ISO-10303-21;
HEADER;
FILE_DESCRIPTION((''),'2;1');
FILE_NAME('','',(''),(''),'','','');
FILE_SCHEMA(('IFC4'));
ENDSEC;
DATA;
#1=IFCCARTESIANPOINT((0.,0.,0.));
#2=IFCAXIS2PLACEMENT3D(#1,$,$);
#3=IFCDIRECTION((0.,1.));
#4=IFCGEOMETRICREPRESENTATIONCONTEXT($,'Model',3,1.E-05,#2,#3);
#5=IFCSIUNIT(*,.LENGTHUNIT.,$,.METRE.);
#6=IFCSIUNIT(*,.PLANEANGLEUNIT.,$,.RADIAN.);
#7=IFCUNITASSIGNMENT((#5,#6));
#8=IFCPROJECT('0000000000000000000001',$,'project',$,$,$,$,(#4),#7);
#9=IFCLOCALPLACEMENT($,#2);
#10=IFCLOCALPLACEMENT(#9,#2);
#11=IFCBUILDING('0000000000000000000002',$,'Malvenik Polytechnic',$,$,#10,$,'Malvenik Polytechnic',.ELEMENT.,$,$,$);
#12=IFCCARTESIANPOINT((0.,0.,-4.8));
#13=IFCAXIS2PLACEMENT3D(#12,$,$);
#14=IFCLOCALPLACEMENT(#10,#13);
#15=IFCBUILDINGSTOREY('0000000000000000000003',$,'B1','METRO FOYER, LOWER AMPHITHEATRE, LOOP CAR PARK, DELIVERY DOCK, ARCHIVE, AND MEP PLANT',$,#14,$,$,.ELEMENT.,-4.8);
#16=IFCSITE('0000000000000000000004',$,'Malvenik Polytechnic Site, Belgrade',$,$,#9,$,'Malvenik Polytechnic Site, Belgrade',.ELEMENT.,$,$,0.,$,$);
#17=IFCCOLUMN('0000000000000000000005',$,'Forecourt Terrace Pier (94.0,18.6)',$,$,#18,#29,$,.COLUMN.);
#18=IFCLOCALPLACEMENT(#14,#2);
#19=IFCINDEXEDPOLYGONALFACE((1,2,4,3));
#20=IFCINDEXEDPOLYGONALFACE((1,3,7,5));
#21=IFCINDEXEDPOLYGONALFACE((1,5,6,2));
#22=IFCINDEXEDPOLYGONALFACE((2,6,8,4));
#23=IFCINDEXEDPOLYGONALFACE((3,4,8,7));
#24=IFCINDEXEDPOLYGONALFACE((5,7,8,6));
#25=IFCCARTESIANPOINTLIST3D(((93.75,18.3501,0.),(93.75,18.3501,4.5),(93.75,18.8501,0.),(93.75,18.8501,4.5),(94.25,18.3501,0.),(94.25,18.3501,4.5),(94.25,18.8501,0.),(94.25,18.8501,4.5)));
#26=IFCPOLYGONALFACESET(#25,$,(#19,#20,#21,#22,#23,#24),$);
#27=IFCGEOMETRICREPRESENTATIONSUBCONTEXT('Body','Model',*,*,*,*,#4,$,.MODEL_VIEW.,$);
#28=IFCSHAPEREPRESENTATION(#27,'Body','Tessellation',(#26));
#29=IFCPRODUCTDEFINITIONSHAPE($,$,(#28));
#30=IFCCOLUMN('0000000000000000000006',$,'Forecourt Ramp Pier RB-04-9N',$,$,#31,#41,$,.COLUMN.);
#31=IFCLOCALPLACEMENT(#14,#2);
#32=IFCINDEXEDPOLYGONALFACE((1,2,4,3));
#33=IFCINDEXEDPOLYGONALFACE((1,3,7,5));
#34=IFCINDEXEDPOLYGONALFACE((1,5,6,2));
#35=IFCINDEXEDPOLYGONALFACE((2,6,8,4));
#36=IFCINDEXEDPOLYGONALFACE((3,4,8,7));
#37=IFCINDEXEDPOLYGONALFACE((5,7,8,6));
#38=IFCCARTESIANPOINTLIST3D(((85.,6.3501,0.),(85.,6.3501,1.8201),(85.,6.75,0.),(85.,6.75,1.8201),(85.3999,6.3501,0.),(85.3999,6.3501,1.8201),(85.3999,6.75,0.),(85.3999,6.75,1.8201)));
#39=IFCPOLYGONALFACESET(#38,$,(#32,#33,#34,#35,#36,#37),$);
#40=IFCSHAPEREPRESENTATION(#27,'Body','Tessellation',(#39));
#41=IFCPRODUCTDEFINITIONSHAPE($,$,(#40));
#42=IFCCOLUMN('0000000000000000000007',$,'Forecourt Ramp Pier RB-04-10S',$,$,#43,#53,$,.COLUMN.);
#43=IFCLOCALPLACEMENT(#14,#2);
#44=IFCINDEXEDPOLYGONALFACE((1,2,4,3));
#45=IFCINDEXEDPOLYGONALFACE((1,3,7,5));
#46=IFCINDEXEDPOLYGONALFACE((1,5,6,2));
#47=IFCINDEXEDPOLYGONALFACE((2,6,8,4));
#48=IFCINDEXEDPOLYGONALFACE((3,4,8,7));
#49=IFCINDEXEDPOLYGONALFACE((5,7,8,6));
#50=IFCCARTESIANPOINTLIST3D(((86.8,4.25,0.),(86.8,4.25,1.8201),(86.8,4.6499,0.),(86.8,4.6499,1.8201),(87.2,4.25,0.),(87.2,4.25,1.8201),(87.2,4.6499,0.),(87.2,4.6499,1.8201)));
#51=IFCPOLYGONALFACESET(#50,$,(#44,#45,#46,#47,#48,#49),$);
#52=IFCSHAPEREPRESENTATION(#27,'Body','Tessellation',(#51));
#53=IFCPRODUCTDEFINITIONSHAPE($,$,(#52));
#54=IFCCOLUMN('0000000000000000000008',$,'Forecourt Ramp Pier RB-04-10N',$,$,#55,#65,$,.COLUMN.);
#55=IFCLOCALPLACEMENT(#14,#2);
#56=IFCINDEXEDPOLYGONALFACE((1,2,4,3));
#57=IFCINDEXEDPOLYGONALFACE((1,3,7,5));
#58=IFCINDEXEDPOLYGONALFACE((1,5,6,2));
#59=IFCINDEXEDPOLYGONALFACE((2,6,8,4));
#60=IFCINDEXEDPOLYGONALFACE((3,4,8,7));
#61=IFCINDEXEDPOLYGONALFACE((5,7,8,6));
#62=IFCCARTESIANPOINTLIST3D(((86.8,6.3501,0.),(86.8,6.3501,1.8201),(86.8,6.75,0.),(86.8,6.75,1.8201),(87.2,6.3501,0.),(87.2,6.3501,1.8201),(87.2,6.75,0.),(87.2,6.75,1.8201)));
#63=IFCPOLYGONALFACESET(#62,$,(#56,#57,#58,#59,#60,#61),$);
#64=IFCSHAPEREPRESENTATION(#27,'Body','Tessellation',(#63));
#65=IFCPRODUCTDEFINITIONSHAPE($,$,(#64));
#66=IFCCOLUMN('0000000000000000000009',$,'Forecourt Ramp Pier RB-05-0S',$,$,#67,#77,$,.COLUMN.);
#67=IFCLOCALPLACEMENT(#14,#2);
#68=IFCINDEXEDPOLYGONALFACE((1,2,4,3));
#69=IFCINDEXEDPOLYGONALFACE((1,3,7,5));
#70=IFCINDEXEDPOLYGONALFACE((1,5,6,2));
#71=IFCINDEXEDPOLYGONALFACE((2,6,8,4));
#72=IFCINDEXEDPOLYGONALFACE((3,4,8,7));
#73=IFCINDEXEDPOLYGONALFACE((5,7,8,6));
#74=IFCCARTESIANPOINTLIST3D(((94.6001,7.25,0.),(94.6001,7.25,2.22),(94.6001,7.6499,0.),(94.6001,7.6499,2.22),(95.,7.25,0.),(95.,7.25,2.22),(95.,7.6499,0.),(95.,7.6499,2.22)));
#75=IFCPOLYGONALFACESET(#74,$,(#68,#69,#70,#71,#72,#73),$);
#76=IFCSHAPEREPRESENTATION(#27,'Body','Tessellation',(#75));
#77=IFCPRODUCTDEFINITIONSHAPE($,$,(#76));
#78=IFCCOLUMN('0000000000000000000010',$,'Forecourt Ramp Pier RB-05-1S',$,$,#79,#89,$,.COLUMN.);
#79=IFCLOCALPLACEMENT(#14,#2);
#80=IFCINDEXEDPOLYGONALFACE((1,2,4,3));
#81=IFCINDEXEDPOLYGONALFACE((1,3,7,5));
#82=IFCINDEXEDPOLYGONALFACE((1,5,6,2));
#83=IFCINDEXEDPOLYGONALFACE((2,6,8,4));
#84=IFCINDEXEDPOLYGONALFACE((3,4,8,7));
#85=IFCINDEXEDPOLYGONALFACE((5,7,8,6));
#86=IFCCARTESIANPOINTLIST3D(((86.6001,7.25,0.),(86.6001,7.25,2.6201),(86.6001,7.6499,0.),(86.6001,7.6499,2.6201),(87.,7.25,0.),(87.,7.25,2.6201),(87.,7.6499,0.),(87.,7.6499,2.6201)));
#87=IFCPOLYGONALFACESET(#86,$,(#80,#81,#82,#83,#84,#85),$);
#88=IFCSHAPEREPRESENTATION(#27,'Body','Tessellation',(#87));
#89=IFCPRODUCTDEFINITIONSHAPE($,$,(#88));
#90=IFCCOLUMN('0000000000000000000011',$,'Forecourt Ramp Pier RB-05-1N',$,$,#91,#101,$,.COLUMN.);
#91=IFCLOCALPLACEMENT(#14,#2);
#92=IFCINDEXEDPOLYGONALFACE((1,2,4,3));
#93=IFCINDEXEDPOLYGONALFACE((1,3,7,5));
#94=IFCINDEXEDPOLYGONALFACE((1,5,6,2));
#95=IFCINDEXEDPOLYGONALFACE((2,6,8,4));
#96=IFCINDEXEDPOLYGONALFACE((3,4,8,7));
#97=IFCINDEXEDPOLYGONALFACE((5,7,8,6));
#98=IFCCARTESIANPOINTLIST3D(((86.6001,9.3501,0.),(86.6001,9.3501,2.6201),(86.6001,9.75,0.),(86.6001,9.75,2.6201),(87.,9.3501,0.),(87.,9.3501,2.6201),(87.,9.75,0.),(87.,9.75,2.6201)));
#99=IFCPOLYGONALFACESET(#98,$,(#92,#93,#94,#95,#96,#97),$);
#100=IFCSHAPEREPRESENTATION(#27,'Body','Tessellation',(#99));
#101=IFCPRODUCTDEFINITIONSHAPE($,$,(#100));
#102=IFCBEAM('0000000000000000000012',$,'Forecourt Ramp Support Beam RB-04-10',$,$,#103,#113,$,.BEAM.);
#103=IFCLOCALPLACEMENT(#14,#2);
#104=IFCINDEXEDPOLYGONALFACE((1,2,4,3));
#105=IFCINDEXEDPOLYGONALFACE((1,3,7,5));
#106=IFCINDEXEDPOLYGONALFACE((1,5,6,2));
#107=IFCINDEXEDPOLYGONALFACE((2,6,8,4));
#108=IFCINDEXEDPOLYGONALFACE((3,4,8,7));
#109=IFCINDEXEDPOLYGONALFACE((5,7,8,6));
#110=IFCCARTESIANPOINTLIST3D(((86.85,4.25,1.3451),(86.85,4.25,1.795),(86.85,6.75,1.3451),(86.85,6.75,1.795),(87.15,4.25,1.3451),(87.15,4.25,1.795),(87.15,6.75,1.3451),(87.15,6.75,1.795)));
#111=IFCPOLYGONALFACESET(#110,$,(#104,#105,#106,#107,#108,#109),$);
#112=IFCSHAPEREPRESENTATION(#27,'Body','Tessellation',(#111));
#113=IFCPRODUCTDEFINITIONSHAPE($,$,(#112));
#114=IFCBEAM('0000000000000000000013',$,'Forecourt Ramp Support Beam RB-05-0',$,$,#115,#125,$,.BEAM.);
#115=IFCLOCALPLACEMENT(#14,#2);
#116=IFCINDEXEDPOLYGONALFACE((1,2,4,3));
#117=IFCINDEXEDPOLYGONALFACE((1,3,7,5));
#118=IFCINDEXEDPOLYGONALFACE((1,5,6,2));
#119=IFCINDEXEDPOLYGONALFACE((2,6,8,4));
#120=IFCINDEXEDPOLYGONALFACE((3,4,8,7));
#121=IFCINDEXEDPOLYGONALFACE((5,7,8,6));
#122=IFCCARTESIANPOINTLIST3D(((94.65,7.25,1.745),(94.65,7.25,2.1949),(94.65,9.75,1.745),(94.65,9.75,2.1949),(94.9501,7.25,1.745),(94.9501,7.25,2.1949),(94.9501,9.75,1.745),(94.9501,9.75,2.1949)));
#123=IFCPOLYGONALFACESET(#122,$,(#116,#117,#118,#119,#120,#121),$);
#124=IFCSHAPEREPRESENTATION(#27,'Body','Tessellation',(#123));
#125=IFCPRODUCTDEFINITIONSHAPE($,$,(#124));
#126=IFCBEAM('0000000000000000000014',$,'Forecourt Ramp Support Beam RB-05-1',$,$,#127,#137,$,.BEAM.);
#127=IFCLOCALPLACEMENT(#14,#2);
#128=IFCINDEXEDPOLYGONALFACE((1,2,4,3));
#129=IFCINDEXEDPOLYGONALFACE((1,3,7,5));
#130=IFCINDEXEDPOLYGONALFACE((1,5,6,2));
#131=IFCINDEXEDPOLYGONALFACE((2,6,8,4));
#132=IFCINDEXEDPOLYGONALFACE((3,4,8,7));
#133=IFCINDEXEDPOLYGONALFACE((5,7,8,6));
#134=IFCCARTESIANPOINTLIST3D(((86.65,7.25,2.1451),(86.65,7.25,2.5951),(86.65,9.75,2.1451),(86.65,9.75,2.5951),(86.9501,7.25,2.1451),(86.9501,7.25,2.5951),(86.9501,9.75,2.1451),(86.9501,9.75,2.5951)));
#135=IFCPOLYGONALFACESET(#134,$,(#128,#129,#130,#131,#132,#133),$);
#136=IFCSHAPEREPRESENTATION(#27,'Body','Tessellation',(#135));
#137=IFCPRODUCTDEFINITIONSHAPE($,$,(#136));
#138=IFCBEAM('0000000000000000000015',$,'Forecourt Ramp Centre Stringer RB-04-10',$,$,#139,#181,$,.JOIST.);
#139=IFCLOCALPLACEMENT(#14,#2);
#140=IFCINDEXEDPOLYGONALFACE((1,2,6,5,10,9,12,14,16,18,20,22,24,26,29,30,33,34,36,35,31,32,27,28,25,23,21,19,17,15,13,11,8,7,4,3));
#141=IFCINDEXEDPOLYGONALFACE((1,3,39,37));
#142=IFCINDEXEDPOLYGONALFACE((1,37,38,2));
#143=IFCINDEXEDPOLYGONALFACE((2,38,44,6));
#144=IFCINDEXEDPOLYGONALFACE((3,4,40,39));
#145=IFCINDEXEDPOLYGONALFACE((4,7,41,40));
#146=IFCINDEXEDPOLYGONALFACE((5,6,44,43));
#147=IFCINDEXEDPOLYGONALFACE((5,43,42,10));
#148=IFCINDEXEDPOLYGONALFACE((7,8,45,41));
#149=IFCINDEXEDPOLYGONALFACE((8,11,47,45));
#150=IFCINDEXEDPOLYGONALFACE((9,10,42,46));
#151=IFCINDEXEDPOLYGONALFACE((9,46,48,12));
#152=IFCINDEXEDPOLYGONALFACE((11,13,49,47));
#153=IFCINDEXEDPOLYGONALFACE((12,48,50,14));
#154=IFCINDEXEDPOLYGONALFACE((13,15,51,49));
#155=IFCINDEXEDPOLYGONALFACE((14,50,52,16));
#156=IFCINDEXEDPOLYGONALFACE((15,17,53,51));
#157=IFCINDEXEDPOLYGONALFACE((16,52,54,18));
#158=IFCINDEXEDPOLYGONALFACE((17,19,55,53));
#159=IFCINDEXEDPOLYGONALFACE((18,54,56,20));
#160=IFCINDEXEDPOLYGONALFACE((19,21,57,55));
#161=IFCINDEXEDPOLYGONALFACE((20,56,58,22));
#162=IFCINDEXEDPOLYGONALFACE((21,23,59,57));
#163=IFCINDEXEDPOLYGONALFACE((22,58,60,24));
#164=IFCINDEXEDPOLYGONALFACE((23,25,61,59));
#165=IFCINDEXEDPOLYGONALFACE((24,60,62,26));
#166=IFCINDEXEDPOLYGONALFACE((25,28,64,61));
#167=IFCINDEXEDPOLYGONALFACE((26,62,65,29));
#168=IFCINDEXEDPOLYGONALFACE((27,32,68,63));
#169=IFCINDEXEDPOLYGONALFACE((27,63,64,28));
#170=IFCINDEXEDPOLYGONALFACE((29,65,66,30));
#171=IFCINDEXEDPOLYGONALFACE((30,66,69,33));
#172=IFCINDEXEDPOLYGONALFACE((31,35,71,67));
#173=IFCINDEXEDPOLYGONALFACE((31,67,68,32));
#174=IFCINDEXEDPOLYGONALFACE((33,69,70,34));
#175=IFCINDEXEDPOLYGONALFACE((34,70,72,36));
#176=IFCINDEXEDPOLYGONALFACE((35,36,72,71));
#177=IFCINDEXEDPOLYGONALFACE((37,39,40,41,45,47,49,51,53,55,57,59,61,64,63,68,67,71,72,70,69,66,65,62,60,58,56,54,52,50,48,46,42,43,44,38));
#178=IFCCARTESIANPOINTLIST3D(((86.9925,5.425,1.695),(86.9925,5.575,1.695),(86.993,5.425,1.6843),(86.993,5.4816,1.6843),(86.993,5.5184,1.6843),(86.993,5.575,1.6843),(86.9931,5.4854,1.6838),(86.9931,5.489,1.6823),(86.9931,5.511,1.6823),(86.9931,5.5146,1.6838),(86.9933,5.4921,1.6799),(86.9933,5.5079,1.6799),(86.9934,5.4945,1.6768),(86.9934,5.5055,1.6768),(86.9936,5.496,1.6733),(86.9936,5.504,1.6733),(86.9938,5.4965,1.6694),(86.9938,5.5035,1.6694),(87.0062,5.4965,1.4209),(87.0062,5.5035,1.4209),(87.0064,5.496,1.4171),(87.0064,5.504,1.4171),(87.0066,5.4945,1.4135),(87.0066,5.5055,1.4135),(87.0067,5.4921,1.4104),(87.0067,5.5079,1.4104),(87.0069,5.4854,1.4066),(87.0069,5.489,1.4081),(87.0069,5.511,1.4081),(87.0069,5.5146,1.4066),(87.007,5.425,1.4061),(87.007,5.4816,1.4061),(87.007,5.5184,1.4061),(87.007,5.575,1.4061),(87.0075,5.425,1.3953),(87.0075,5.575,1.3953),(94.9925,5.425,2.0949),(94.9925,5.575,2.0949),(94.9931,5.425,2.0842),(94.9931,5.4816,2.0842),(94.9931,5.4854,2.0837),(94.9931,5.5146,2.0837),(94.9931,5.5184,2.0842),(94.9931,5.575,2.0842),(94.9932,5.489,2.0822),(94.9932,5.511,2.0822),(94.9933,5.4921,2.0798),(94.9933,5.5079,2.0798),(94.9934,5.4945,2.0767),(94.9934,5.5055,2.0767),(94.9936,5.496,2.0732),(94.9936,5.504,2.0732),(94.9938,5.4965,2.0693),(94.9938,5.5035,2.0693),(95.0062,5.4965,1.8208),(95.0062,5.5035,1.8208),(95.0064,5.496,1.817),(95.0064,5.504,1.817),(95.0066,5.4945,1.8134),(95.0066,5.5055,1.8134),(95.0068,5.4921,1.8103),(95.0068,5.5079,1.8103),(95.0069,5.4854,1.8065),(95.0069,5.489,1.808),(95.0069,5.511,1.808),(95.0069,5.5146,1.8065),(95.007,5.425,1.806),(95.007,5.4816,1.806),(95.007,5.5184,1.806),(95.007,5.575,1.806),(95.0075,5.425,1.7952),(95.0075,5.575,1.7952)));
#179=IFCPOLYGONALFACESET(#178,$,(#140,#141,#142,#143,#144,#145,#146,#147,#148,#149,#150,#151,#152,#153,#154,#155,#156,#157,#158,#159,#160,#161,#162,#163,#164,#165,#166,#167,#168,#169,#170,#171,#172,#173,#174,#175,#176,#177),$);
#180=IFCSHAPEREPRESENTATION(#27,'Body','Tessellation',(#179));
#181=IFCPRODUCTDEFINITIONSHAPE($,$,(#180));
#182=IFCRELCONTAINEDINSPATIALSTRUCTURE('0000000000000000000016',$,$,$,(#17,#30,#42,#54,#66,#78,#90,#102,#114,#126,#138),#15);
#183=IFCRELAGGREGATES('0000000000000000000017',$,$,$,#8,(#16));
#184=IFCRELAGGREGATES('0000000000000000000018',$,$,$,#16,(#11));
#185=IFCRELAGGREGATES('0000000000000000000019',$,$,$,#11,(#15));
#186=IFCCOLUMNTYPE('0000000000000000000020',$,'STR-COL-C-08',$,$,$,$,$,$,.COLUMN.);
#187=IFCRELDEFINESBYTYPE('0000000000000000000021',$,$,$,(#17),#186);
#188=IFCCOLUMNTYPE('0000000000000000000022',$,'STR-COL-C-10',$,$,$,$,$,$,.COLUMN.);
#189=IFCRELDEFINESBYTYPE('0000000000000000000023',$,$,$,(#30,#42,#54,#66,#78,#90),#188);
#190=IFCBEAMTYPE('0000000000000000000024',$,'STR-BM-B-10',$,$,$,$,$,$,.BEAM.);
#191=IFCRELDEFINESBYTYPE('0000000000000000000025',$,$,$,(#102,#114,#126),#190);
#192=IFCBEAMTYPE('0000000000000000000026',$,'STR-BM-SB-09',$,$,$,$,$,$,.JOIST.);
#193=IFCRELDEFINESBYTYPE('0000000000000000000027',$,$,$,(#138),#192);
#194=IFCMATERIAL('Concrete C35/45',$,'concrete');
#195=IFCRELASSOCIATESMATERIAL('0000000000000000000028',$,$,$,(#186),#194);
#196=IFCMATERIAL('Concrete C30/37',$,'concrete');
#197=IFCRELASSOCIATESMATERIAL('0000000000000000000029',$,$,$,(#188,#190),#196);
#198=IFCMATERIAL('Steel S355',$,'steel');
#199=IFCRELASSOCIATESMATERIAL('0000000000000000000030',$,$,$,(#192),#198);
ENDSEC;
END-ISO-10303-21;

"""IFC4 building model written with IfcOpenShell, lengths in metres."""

from ifc_helpers import new_model, si_unit, direction, frame, origin, origin_2d, place, context, subcontext, project, spatial, rectangle, i_section, extrude, material, material_profile, profile_set, type_object, element, save


model = new_model("IFC4")

# Units and contexts
model_context = context("Model", 3, precision=1e-05, world=origin(), true_north=direction((0.0, 1.0)))
body_context = subcontext(model_context, "Body", "Model", "MODEL_VIEW")
ifc_project = project(units=[si_unit("LENGTHUNIT", "METRE"), si_unit("PLANEANGLEUNIT", "RADIAN")], contexts=[model_context])

# Site, building, storey
site_placement = place(None, origin())
site = spatial("IfcSite", under=ifc_project, at=site_placement, Name="Malvenik Polytechnic Site, Belgrade", LongName="Malvenik Polytechnic Site, Belgrade", CompositionType="ELEMENT", RefElevation=0.0)
building_placement = place(site_placement, origin())
building = spatial("IfcBuilding", under=site, at=building_placement, Name="Malvenik Polytechnic", LongName="Malvenik Polytechnic", CompositionType="ELEMENT")
storey_placement = place(building_placement, frame((0.0, 0.0, -4.8)))
storey = spatial("IfcBuildingStorey", under=building, at=storey_placement, Name="B1", Description="METRO FOYER, LOWER AMPHITHEATRE, LOOP CAR PARK, DELIVERY DOCK, ARCHIVE, AND MEP PLANT", CompositionType="ELEMENT", Elevation=-4.8)

# Columns
ifc_material_1 = material(Name="Concrete C35/45", Category="concrete")
ifc_material_profile_1 = material_profile(ifc_material_1, rectangle(XDim=0.5, YDim=0.5, at=origin_2d()), Name="RC COL 500x500")
ifc_profile_set_1 = profile_set([ifc_material_profile_1], Name="Concrete C35/45")
column_type_1 = type_object("IfcColumnType", Name="STR-COL-C-08", PredefinedType="COLUMN", material=ifc_profile_set_1)
column_1_placement = place(storey_placement, frame((94.0, 18.6001, 0.0), z_axis=(0.0, 0.0, 1.0), x_axis=(1.0, 0.0, 0.0)))
element("IfcColumn", 1, at=column_1_placement, inside=storey, type_object=column_type_1, Name="Forecourt Terrace Pier (94.0,18.6)", PredefinedType="COLUMN", context=body_context, shape_type="SweptSolid", body=[
    extrude(rectangle(XDim=0.5, YDim=0.5, at=origin_2d()), origin(), (0.0, 0.0, 1.0), 4.5),
])
ifc_material_2 = material(Name="Concrete C30/37", Category="concrete")
ifc_material_profile_2 = material_profile(ifc_material_2, rectangle(XDim=0.3999, YDim=0.3999, at=origin_2d()), Name="RC COL 400x400")
ifc_profile_set_2 = profile_set([ifc_material_profile_2], Name="Concrete C30/37")
column_type_2 = type_object("IfcColumnType", Name="STR-COL-C-10", PredefinedType="COLUMN", material=ifc_profile_set_2)
for number, where, z_axis, x_axis, name in (
    (2, (85.2, 6.55, 0.0), (0.0, 0.0, 1.0), (1.0, 0.0, 0.0), "Forecourt Ramp Pier RB-04-9N"),
    (3, (87.0, 4.45, 0.0), (0.0, 0.0, 1.0), (1.0, 0.0, 0.0), "Forecourt Ramp Pier RB-04-10S"),
    (4, (87.0, 6.55, 0.0), (0.0, 0.0, 1.0), (1.0, 0.0, 0.0), "Forecourt Ramp Pier RB-04-10N"),
):
    element("IfcColumn", number, at=place(storey_placement, frame(where, z_axis=z_axis, x_axis=x_axis)), inside=storey, type_object=column_type_2, Name=name, PredefinedType="COLUMN", context=body_context, shape_type="SweptSolid", body=[
        extrude(rectangle(XDim=0.3999, YDim=0.3999, at=origin_2d()), origin(), (0.0, 0.0, 1.0), 1.8201),
    ])
column_2_placement = place(storey_placement, frame((94.8, 7.45, 0.0), z_axis=(0.0, 0.0, 1.0), x_axis=(1.0, 0.0, 0.0)))
element("IfcColumn", 5, at=column_2_placement, inside=storey, type_object=column_type_2, Name="Forecourt Ramp Pier RB-05-0S", PredefinedType="COLUMN", context=body_context, shape_type="SweptSolid", body=[
    extrude(rectangle(XDim=0.3999, YDim=0.3999, at=origin_2d()), origin(), (0.0, 0.0, 1.0), 2.22),
])
for number, where, z_axis, x_axis, name in (
    (6, (86.8, 7.45, 0.0), (0.0, 0.0, 1.0), (1.0, 0.0, 0.0), "Forecourt Ramp Pier RB-05-1S"),
    (7, (86.8, 9.55, 0.0), (0.0, 0.0, 1.0), (1.0, 0.0, 0.0), "Forecourt Ramp Pier RB-05-1N"),
):
    element("IfcColumn", number, at=place(storey_placement, frame(where, z_axis=z_axis, x_axis=x_axis)), inside=storey, type_object=column_type_2, Name=name, PredefinedType="COLUMN", context=body_context, shape_type="SweptSolid", body=[
        extrude(rectangle(XDim=0.3999, YDim=0.3999, at=origin_2d()), origin(), (0.0, 0.0, 1.0), 2.6201),
    ])

# Beams
ifc_material_profile_3 = material_profile(ifc_material_2, rectangle(XDim=0.3, YDim=0.45, at=origin_2d()), Name="RC BM 300x450")
ifc_profile_set_3 = profile_set([ifc_material_profile_3], Name="Concrete C30/37")
beam_type_1 = type_object("IfcBeamType", Name="STR-BM-B-10", PredefinedType="BEAM", material=ifc_profile_set_3)
for number, where, z_axis, x_axis, name in (
    (8, (87.0, 4.25, 1.5701), (0.0, 1.0, 0.0), (-1.0, 0.0, 0.0), "Forecourt Ramp Support Beam RB-04-10"),
    (9, (94.8, 7.25, 1.97), (0.0, 1.0, 0.0), (-1.0, 0.0, 0.0), "Forecourt Ramp Support Beam RB-05-0"),
    (10, (86.8, 7.25, 2.3701), (0.0, 1.0, 0.0), (-1.0, 0.0, 0.0), "Forecourt Ramp Support Beam RB-05-1"),
):
    element("IfcBeam", number, at=place(storey_placement, frame(where, z_axis=z_axis, x_axis=x_axis)), inside=storey, type_object=beam_type_1, Name=name, PredefinedType="BEAM", context=body_context, shape_type="SweptSolid", body=[
        extrude(rectangle(XDim=0.3, YDim=0.45, at=origin_2d()), origin(), (0.0, 0.0, 1.0), 2.5),
    ])
ifc_material_3 = material(Name="Steel S355", Category="steel")
ifc_material_profile_4 = material_profile(ifc_material_3, i_section(OverallWidth=0.1499, OverallDepth=0.3, WebThickness=0.0071, FlangeThickness=0.0107, FilletRadius=0.0149, at=origin_2d()), Name="IPE 300")
ifc_profile_set_4 = profile_set([ifc_material_profile_4], Name="Steel S355")
beam_type_2 = type_object("IfcBeamType", Name="STR-BM-SB-09", PredefinedType="JOIST", material=ifc_profile_set_4)
for number, where, z_axis, x_axis, name in (
    (11, (87.0, 5.5, 1.5452), (0.998753, 0.0, 0.049925), (0.0, 1.0, 0.0), "Forecourt Ramp Centre Stringer RB-04-10"),
):
    element("IfcBeam", number, at=place(storey_placement, frame(where, z_axis=z_axis, x_axis=x_axis)), inside=storey, type_object=beam_type_2, Name=name, PredefinedType="JOIST", context=body_context, shape_type="SweptSolid", body=[
        extrude(i_section(OverallWidth=0.1499, OverallDepth=0.3, WebThickness=0.0071, FlangeThickness=0.0107, FilletRadius=0.0149, at=origin_2d()), origin(), (0.0, 0.0, 1.0), 8.01),
    ])

save(model, "model.ifc")
